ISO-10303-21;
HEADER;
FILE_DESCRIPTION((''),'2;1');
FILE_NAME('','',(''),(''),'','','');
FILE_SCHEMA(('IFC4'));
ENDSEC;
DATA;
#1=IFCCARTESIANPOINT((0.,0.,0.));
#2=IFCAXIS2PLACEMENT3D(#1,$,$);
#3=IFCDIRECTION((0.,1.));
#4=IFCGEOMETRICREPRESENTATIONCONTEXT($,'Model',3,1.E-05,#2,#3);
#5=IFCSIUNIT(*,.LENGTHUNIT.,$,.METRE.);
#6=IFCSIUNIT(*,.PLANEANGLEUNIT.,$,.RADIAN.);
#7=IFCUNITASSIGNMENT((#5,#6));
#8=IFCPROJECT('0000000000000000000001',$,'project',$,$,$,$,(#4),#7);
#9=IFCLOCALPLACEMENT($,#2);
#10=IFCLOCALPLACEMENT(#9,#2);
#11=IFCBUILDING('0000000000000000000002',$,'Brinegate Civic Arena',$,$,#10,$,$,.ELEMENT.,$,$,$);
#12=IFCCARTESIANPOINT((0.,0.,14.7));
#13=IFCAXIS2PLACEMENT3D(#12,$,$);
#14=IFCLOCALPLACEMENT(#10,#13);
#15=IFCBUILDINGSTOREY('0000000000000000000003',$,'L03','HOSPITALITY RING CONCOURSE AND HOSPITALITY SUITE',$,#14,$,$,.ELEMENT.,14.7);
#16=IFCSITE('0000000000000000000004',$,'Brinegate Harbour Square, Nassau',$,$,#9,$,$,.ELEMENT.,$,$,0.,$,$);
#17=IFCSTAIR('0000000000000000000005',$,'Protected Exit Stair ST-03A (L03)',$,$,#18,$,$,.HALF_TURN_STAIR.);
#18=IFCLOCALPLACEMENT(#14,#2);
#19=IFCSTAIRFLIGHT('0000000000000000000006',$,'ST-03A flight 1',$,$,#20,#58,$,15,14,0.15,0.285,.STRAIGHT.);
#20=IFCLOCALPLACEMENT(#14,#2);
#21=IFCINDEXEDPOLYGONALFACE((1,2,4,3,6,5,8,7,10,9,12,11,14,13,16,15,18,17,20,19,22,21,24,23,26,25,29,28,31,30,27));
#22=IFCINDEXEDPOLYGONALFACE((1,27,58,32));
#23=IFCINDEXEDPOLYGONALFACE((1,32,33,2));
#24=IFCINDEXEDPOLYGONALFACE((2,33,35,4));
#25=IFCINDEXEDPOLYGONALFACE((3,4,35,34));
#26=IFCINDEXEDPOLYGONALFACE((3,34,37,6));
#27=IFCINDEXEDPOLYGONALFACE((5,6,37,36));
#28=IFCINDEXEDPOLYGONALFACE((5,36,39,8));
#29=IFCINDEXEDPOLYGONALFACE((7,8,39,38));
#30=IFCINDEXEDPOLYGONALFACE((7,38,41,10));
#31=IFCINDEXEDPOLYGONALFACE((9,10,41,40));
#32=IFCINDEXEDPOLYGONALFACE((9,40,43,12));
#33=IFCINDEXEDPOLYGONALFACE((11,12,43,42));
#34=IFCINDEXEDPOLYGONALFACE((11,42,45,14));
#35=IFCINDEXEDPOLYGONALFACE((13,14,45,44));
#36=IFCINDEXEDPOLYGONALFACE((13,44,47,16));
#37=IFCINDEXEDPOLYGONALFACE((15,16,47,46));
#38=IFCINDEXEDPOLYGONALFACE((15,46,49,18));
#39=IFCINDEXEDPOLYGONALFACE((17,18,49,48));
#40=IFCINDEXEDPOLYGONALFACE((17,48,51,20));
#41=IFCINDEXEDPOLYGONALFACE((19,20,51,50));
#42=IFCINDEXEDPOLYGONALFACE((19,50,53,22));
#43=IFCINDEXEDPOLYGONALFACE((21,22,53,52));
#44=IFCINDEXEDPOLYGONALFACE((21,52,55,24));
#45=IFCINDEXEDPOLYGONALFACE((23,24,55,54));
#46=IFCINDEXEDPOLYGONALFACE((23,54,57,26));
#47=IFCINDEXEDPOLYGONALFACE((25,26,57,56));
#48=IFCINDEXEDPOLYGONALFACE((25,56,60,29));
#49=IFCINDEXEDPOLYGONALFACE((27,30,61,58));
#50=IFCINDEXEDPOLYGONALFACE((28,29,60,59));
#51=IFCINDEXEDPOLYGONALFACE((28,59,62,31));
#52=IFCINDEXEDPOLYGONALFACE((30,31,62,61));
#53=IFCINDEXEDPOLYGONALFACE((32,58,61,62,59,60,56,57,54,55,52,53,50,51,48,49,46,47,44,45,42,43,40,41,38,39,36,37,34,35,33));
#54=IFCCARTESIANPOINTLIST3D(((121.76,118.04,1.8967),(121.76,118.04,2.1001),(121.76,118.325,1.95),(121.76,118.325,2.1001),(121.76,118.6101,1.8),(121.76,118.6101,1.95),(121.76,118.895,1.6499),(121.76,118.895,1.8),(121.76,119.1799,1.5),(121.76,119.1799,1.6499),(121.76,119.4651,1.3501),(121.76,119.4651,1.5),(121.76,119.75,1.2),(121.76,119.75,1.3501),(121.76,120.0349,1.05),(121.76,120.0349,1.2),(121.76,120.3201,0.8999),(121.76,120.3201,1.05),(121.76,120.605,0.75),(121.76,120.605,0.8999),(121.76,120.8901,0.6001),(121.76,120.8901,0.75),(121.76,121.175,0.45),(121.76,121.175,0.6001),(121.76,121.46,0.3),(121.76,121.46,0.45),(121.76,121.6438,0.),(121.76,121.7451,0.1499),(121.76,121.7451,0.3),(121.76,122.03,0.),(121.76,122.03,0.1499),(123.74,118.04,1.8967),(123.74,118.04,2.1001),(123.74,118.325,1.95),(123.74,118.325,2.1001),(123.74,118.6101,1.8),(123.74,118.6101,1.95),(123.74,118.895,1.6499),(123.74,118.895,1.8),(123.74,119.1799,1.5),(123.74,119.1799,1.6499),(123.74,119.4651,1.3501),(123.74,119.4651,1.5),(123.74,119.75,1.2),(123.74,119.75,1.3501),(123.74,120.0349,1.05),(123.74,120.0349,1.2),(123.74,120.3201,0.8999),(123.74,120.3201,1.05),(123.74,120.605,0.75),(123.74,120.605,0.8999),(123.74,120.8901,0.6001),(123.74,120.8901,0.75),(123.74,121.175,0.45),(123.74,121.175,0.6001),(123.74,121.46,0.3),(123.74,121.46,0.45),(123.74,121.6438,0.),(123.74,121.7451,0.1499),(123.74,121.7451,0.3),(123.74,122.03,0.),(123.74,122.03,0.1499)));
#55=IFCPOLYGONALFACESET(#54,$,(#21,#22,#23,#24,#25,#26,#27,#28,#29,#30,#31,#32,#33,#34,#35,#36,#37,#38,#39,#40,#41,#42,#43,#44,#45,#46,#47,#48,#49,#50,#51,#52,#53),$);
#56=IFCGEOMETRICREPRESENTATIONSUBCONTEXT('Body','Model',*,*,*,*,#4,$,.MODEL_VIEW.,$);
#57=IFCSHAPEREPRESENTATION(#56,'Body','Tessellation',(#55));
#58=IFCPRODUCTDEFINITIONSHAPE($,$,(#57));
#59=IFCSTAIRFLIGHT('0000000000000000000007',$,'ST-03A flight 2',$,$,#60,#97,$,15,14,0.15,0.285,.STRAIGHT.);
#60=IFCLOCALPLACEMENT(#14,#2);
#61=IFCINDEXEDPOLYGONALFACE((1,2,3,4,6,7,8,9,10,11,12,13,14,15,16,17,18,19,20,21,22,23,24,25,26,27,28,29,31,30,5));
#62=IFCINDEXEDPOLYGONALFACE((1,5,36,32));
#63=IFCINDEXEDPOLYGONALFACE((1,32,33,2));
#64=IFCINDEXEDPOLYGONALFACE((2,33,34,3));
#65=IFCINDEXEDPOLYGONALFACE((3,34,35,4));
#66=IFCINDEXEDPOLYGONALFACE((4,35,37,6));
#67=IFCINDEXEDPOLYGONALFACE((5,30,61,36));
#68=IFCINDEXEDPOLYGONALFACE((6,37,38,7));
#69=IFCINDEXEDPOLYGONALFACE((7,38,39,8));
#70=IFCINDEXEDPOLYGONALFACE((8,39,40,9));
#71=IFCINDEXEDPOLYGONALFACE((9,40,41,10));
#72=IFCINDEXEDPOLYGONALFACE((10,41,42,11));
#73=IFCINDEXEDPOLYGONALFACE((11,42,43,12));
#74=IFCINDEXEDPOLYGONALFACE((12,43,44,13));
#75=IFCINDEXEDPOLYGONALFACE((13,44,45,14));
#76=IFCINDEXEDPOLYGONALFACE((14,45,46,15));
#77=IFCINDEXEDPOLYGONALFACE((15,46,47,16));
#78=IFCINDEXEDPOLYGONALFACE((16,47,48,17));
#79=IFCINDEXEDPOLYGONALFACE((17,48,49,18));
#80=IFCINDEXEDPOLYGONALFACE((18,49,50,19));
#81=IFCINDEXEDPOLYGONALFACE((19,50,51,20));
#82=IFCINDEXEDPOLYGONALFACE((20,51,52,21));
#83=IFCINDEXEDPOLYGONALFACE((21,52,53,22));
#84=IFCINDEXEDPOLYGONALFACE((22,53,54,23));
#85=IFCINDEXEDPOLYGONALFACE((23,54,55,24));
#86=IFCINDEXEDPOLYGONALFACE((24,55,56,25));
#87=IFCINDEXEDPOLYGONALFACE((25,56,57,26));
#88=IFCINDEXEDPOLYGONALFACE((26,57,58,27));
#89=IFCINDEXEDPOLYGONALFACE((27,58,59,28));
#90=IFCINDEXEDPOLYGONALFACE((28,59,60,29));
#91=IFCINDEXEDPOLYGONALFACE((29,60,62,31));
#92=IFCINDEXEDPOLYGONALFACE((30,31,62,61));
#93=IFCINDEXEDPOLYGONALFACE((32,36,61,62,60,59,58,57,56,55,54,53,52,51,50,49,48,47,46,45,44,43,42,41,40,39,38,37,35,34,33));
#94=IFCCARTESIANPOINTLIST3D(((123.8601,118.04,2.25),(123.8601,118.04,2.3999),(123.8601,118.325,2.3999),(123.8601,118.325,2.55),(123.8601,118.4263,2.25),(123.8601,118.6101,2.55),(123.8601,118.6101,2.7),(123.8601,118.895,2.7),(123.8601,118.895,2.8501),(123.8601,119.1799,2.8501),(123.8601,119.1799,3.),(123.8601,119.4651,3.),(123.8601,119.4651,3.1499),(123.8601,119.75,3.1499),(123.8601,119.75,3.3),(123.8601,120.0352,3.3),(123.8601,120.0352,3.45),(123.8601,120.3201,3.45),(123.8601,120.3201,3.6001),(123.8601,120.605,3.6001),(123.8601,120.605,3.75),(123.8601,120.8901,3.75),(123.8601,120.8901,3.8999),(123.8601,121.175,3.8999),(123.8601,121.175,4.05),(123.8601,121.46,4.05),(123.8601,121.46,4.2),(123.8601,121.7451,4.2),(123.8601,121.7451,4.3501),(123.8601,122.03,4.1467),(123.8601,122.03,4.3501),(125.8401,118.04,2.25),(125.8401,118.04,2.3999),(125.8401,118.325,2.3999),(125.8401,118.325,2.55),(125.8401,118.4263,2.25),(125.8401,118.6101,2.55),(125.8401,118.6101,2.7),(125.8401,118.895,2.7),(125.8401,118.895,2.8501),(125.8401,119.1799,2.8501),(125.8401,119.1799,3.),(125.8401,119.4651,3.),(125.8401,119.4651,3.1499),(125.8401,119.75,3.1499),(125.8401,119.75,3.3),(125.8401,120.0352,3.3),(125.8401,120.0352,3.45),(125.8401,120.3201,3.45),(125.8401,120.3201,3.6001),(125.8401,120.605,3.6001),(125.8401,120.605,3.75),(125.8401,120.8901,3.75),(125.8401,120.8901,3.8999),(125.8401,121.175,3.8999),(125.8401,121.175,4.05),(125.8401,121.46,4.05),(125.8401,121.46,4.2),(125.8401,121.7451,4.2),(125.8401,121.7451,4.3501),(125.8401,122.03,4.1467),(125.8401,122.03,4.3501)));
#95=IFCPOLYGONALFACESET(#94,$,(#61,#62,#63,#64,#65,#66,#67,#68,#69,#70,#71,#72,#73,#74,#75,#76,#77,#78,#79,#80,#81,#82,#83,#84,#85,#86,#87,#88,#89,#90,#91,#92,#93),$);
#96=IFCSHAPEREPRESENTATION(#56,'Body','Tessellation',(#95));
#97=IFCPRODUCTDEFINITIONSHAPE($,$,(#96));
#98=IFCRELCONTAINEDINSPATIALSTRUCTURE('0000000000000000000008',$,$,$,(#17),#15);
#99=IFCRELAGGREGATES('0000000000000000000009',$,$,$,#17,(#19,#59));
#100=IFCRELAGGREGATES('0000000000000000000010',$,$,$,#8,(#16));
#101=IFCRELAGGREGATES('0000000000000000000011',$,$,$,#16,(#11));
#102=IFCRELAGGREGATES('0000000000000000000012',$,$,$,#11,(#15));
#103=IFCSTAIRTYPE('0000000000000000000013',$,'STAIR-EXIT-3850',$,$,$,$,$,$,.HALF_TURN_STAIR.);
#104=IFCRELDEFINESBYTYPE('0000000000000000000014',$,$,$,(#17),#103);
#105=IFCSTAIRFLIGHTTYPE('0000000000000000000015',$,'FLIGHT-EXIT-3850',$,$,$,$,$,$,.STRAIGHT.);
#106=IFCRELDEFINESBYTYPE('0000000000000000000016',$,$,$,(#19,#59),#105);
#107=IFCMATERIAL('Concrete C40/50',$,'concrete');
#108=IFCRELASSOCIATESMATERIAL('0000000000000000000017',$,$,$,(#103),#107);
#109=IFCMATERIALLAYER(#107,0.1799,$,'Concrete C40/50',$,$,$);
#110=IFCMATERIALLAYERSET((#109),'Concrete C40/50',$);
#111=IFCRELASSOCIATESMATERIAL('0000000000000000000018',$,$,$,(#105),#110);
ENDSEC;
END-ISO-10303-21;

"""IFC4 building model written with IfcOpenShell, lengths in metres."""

from ifc_helpers import new_model, si_unit, direction, frame, origin, place, context, subcontext, project, spatial, polyline, outline, extrude, material, layer, layer_set, type_object, element, aggregate, save


model = new_model("IFC4")

# Units and contexts
model_context = context("Model", 3, precision=1e-05, world=origin(), true_north=direction((0.0, 1.0)))
body_context = subcontext(model_context, "Body", "Model", "MODEL_VIEW")
ifc_project = project(units=[si_unit("LENGTHUNIT", "METRE"), si_unit("PLANEANGLEUNIT", "RADIAN")], contexts=[model_context])

# Site, building, storey
site_placement = place(None, origin())
site = spatial("IfcSite", under=ifc_project, at=site_placement, Name="Brinegate Harbour Square, Nassau", CompositionType="ELEMENT", RefElevation=0.0)
building_placement = place(site_placement, origin())
building = spatial("IfcBuilding", under=site, at=building_placement, Name="Brinegate Civic Arena", CompositionType="ELEMENT")
storey_placement = place(building_placement, frame((0.0, 0.0, 14.7)))
storey = spatial("IfcBuildingStorey", under=building, at=storey_placement, Name="L03", Description="HOSPITALITY RING CONCOURSE AND HOSPITALITY SUITE", CompositionType="ELEMENT", Elevation=14.7)

# Stair, stair flights
ifc_material_1 = material(Name="Concrete C40/50", Category="concrete")
stair_type_1 = type_object("IfcStairType", Name="STAIR-EXIT-3850", PredefinedType="HALF_TURN_STAIR", material=ifc_material_1)
stair_1_placement = place(storey_placement, origin())
stair_1 = element("IfcStair", 1, at=stair_1_placement, inside=storey, type_object=stair_type_1, Name="Protected Exit Stair ST-03A (L03)", PredefinedType="HALF_TURN_STAIR")
ifc_layer_1 = layer(ifc_material_1, 0.1799, Name="Concrete C40/50")
ifc_layer_set_1 = layer_set([ifc_layer_1], Name="Concrete C40/50")
stair_flight_type_1 = type_object("IfcStairFlightType", Name="FLIGHT-EXIT-3850", PredefinedType="STRAIGHT", material=ifc_layer_set_1)
stair_flight_1_placement = place(storey_placement, frame((122.75, 122.03, 0.0), z_axis=(0.0, 0.0, 1.0), x_axis=(0.0, -1.0, 0.0)))
stair_flight_1 = element("IfcStairFlight", 2, at=stair_flight_1_placement, type_object=stair_flight_type_1, Name="ST-03A flight 1", NumberOfRisers=15, NumberOfTreads=14, PredefinedType="STRAIGHT", RiserHeight=0.15, TreadLength=0.285, context=body_context, shape_type="SweptSolid", body=[
    extrude(outline(polyline([(0.0, 0.0), (0.0, 0.1499), (0.2849, 0.1499), (0.2849, 0.3), (0.5701, 0.3), (0.5701, 0.45), (0.855, 0.45), (0.855, 0.6001), (1.1399, 0.6001), (1.1399, 0.75), (1.425, 0.75), (1.425, 0.8999), (1.71, 0.8999), (1.71, 1.05), (1.9951, 1.05), (1.9951, 1.2), (2.28, 1.2), (2.28, 1.3501), (2.5649, 1.3501), (2.5649, 1.5), (2.8501, 1.5), (2.8501, 1.6499), (3.135, 1.6499), (3.135, 1.8), (3.4199, 1.8), (3.4199, 1.95), (3.7051, 1.95), (3.7051, 2.1001), (3.99, 2.1001), (3.99, 2.25), (3.99, 1.8967), (0.3862, 0.0), (0.0, 0.0)])), frame((0.0, 0.99, 0.0), z_axis=(0.0, -1.0, 0.0), x_axis=(1.0, 0.0, 0.0)), (0.0, 0.0, 1.0), 1.98),
])
stair_flight_2_placement = place(storey_placement, frame((124.8501, 118.04, 2.25), z_axis=(0.0, 0.0, 1.0), x_axis=(0.0, 1.0, 0.0)))
stair_flight_2 = element("IfcStairFlight", 3, at=stair_flight_2_placement, type_object=stair_flight_type_1, Name="ST-03A flight 2", NumberOfRisers=15, NumberOfTreads=14, PredefinedType="STRAIGHT", RiserHeight=0.15, TreadLength=0.285, context=body_context, shape_type="SweptSolid", body=[
    extrude(outline(polyline([(0.0, 0.0), (0.0, 0.1499), (0.2849, 0.1499), (0.2849, 0.3), (0.5701, 0.3), (0.5701, 0.45), (0.855, 0.45), (0.855, 0.6001), (1.1399, 0.6001), (1.1399, 0.75), (1.425, 0.75), (1.425, 0.8999), (1.71, 0.8999), (1.71, 1.05), (1.9951, 1.05), (1.9951, 1.2), (2.28, 1.2), (2.28, 1.3501), (2.5649, 1.3501), (2.5649, 1.5), (2.8501, 1.5), (2.8501, 1.6499), (3.135, 1.6499), (3.135, 1.8), (3.4199, 1.8), (3.4199, 1.95), (3.7051, 1.95), (3.7051, 2.1001), (3.99, 2.1001), (3.99, 2.25), (3.99, 1.8967), (0.3862, 0.0), (0.0, 0.0)])), frame((0.0, 0.99, 0.0), z_axis=(0.0, -1.0, 0.0), x_axis=(1.0, 0.0, 0.0)), (0.0, 0.0, 1.0), 1.98),
])
aggregate(stair_1, [stair_flight_1, stair_flight_2])

save(model, "model.ifc")
